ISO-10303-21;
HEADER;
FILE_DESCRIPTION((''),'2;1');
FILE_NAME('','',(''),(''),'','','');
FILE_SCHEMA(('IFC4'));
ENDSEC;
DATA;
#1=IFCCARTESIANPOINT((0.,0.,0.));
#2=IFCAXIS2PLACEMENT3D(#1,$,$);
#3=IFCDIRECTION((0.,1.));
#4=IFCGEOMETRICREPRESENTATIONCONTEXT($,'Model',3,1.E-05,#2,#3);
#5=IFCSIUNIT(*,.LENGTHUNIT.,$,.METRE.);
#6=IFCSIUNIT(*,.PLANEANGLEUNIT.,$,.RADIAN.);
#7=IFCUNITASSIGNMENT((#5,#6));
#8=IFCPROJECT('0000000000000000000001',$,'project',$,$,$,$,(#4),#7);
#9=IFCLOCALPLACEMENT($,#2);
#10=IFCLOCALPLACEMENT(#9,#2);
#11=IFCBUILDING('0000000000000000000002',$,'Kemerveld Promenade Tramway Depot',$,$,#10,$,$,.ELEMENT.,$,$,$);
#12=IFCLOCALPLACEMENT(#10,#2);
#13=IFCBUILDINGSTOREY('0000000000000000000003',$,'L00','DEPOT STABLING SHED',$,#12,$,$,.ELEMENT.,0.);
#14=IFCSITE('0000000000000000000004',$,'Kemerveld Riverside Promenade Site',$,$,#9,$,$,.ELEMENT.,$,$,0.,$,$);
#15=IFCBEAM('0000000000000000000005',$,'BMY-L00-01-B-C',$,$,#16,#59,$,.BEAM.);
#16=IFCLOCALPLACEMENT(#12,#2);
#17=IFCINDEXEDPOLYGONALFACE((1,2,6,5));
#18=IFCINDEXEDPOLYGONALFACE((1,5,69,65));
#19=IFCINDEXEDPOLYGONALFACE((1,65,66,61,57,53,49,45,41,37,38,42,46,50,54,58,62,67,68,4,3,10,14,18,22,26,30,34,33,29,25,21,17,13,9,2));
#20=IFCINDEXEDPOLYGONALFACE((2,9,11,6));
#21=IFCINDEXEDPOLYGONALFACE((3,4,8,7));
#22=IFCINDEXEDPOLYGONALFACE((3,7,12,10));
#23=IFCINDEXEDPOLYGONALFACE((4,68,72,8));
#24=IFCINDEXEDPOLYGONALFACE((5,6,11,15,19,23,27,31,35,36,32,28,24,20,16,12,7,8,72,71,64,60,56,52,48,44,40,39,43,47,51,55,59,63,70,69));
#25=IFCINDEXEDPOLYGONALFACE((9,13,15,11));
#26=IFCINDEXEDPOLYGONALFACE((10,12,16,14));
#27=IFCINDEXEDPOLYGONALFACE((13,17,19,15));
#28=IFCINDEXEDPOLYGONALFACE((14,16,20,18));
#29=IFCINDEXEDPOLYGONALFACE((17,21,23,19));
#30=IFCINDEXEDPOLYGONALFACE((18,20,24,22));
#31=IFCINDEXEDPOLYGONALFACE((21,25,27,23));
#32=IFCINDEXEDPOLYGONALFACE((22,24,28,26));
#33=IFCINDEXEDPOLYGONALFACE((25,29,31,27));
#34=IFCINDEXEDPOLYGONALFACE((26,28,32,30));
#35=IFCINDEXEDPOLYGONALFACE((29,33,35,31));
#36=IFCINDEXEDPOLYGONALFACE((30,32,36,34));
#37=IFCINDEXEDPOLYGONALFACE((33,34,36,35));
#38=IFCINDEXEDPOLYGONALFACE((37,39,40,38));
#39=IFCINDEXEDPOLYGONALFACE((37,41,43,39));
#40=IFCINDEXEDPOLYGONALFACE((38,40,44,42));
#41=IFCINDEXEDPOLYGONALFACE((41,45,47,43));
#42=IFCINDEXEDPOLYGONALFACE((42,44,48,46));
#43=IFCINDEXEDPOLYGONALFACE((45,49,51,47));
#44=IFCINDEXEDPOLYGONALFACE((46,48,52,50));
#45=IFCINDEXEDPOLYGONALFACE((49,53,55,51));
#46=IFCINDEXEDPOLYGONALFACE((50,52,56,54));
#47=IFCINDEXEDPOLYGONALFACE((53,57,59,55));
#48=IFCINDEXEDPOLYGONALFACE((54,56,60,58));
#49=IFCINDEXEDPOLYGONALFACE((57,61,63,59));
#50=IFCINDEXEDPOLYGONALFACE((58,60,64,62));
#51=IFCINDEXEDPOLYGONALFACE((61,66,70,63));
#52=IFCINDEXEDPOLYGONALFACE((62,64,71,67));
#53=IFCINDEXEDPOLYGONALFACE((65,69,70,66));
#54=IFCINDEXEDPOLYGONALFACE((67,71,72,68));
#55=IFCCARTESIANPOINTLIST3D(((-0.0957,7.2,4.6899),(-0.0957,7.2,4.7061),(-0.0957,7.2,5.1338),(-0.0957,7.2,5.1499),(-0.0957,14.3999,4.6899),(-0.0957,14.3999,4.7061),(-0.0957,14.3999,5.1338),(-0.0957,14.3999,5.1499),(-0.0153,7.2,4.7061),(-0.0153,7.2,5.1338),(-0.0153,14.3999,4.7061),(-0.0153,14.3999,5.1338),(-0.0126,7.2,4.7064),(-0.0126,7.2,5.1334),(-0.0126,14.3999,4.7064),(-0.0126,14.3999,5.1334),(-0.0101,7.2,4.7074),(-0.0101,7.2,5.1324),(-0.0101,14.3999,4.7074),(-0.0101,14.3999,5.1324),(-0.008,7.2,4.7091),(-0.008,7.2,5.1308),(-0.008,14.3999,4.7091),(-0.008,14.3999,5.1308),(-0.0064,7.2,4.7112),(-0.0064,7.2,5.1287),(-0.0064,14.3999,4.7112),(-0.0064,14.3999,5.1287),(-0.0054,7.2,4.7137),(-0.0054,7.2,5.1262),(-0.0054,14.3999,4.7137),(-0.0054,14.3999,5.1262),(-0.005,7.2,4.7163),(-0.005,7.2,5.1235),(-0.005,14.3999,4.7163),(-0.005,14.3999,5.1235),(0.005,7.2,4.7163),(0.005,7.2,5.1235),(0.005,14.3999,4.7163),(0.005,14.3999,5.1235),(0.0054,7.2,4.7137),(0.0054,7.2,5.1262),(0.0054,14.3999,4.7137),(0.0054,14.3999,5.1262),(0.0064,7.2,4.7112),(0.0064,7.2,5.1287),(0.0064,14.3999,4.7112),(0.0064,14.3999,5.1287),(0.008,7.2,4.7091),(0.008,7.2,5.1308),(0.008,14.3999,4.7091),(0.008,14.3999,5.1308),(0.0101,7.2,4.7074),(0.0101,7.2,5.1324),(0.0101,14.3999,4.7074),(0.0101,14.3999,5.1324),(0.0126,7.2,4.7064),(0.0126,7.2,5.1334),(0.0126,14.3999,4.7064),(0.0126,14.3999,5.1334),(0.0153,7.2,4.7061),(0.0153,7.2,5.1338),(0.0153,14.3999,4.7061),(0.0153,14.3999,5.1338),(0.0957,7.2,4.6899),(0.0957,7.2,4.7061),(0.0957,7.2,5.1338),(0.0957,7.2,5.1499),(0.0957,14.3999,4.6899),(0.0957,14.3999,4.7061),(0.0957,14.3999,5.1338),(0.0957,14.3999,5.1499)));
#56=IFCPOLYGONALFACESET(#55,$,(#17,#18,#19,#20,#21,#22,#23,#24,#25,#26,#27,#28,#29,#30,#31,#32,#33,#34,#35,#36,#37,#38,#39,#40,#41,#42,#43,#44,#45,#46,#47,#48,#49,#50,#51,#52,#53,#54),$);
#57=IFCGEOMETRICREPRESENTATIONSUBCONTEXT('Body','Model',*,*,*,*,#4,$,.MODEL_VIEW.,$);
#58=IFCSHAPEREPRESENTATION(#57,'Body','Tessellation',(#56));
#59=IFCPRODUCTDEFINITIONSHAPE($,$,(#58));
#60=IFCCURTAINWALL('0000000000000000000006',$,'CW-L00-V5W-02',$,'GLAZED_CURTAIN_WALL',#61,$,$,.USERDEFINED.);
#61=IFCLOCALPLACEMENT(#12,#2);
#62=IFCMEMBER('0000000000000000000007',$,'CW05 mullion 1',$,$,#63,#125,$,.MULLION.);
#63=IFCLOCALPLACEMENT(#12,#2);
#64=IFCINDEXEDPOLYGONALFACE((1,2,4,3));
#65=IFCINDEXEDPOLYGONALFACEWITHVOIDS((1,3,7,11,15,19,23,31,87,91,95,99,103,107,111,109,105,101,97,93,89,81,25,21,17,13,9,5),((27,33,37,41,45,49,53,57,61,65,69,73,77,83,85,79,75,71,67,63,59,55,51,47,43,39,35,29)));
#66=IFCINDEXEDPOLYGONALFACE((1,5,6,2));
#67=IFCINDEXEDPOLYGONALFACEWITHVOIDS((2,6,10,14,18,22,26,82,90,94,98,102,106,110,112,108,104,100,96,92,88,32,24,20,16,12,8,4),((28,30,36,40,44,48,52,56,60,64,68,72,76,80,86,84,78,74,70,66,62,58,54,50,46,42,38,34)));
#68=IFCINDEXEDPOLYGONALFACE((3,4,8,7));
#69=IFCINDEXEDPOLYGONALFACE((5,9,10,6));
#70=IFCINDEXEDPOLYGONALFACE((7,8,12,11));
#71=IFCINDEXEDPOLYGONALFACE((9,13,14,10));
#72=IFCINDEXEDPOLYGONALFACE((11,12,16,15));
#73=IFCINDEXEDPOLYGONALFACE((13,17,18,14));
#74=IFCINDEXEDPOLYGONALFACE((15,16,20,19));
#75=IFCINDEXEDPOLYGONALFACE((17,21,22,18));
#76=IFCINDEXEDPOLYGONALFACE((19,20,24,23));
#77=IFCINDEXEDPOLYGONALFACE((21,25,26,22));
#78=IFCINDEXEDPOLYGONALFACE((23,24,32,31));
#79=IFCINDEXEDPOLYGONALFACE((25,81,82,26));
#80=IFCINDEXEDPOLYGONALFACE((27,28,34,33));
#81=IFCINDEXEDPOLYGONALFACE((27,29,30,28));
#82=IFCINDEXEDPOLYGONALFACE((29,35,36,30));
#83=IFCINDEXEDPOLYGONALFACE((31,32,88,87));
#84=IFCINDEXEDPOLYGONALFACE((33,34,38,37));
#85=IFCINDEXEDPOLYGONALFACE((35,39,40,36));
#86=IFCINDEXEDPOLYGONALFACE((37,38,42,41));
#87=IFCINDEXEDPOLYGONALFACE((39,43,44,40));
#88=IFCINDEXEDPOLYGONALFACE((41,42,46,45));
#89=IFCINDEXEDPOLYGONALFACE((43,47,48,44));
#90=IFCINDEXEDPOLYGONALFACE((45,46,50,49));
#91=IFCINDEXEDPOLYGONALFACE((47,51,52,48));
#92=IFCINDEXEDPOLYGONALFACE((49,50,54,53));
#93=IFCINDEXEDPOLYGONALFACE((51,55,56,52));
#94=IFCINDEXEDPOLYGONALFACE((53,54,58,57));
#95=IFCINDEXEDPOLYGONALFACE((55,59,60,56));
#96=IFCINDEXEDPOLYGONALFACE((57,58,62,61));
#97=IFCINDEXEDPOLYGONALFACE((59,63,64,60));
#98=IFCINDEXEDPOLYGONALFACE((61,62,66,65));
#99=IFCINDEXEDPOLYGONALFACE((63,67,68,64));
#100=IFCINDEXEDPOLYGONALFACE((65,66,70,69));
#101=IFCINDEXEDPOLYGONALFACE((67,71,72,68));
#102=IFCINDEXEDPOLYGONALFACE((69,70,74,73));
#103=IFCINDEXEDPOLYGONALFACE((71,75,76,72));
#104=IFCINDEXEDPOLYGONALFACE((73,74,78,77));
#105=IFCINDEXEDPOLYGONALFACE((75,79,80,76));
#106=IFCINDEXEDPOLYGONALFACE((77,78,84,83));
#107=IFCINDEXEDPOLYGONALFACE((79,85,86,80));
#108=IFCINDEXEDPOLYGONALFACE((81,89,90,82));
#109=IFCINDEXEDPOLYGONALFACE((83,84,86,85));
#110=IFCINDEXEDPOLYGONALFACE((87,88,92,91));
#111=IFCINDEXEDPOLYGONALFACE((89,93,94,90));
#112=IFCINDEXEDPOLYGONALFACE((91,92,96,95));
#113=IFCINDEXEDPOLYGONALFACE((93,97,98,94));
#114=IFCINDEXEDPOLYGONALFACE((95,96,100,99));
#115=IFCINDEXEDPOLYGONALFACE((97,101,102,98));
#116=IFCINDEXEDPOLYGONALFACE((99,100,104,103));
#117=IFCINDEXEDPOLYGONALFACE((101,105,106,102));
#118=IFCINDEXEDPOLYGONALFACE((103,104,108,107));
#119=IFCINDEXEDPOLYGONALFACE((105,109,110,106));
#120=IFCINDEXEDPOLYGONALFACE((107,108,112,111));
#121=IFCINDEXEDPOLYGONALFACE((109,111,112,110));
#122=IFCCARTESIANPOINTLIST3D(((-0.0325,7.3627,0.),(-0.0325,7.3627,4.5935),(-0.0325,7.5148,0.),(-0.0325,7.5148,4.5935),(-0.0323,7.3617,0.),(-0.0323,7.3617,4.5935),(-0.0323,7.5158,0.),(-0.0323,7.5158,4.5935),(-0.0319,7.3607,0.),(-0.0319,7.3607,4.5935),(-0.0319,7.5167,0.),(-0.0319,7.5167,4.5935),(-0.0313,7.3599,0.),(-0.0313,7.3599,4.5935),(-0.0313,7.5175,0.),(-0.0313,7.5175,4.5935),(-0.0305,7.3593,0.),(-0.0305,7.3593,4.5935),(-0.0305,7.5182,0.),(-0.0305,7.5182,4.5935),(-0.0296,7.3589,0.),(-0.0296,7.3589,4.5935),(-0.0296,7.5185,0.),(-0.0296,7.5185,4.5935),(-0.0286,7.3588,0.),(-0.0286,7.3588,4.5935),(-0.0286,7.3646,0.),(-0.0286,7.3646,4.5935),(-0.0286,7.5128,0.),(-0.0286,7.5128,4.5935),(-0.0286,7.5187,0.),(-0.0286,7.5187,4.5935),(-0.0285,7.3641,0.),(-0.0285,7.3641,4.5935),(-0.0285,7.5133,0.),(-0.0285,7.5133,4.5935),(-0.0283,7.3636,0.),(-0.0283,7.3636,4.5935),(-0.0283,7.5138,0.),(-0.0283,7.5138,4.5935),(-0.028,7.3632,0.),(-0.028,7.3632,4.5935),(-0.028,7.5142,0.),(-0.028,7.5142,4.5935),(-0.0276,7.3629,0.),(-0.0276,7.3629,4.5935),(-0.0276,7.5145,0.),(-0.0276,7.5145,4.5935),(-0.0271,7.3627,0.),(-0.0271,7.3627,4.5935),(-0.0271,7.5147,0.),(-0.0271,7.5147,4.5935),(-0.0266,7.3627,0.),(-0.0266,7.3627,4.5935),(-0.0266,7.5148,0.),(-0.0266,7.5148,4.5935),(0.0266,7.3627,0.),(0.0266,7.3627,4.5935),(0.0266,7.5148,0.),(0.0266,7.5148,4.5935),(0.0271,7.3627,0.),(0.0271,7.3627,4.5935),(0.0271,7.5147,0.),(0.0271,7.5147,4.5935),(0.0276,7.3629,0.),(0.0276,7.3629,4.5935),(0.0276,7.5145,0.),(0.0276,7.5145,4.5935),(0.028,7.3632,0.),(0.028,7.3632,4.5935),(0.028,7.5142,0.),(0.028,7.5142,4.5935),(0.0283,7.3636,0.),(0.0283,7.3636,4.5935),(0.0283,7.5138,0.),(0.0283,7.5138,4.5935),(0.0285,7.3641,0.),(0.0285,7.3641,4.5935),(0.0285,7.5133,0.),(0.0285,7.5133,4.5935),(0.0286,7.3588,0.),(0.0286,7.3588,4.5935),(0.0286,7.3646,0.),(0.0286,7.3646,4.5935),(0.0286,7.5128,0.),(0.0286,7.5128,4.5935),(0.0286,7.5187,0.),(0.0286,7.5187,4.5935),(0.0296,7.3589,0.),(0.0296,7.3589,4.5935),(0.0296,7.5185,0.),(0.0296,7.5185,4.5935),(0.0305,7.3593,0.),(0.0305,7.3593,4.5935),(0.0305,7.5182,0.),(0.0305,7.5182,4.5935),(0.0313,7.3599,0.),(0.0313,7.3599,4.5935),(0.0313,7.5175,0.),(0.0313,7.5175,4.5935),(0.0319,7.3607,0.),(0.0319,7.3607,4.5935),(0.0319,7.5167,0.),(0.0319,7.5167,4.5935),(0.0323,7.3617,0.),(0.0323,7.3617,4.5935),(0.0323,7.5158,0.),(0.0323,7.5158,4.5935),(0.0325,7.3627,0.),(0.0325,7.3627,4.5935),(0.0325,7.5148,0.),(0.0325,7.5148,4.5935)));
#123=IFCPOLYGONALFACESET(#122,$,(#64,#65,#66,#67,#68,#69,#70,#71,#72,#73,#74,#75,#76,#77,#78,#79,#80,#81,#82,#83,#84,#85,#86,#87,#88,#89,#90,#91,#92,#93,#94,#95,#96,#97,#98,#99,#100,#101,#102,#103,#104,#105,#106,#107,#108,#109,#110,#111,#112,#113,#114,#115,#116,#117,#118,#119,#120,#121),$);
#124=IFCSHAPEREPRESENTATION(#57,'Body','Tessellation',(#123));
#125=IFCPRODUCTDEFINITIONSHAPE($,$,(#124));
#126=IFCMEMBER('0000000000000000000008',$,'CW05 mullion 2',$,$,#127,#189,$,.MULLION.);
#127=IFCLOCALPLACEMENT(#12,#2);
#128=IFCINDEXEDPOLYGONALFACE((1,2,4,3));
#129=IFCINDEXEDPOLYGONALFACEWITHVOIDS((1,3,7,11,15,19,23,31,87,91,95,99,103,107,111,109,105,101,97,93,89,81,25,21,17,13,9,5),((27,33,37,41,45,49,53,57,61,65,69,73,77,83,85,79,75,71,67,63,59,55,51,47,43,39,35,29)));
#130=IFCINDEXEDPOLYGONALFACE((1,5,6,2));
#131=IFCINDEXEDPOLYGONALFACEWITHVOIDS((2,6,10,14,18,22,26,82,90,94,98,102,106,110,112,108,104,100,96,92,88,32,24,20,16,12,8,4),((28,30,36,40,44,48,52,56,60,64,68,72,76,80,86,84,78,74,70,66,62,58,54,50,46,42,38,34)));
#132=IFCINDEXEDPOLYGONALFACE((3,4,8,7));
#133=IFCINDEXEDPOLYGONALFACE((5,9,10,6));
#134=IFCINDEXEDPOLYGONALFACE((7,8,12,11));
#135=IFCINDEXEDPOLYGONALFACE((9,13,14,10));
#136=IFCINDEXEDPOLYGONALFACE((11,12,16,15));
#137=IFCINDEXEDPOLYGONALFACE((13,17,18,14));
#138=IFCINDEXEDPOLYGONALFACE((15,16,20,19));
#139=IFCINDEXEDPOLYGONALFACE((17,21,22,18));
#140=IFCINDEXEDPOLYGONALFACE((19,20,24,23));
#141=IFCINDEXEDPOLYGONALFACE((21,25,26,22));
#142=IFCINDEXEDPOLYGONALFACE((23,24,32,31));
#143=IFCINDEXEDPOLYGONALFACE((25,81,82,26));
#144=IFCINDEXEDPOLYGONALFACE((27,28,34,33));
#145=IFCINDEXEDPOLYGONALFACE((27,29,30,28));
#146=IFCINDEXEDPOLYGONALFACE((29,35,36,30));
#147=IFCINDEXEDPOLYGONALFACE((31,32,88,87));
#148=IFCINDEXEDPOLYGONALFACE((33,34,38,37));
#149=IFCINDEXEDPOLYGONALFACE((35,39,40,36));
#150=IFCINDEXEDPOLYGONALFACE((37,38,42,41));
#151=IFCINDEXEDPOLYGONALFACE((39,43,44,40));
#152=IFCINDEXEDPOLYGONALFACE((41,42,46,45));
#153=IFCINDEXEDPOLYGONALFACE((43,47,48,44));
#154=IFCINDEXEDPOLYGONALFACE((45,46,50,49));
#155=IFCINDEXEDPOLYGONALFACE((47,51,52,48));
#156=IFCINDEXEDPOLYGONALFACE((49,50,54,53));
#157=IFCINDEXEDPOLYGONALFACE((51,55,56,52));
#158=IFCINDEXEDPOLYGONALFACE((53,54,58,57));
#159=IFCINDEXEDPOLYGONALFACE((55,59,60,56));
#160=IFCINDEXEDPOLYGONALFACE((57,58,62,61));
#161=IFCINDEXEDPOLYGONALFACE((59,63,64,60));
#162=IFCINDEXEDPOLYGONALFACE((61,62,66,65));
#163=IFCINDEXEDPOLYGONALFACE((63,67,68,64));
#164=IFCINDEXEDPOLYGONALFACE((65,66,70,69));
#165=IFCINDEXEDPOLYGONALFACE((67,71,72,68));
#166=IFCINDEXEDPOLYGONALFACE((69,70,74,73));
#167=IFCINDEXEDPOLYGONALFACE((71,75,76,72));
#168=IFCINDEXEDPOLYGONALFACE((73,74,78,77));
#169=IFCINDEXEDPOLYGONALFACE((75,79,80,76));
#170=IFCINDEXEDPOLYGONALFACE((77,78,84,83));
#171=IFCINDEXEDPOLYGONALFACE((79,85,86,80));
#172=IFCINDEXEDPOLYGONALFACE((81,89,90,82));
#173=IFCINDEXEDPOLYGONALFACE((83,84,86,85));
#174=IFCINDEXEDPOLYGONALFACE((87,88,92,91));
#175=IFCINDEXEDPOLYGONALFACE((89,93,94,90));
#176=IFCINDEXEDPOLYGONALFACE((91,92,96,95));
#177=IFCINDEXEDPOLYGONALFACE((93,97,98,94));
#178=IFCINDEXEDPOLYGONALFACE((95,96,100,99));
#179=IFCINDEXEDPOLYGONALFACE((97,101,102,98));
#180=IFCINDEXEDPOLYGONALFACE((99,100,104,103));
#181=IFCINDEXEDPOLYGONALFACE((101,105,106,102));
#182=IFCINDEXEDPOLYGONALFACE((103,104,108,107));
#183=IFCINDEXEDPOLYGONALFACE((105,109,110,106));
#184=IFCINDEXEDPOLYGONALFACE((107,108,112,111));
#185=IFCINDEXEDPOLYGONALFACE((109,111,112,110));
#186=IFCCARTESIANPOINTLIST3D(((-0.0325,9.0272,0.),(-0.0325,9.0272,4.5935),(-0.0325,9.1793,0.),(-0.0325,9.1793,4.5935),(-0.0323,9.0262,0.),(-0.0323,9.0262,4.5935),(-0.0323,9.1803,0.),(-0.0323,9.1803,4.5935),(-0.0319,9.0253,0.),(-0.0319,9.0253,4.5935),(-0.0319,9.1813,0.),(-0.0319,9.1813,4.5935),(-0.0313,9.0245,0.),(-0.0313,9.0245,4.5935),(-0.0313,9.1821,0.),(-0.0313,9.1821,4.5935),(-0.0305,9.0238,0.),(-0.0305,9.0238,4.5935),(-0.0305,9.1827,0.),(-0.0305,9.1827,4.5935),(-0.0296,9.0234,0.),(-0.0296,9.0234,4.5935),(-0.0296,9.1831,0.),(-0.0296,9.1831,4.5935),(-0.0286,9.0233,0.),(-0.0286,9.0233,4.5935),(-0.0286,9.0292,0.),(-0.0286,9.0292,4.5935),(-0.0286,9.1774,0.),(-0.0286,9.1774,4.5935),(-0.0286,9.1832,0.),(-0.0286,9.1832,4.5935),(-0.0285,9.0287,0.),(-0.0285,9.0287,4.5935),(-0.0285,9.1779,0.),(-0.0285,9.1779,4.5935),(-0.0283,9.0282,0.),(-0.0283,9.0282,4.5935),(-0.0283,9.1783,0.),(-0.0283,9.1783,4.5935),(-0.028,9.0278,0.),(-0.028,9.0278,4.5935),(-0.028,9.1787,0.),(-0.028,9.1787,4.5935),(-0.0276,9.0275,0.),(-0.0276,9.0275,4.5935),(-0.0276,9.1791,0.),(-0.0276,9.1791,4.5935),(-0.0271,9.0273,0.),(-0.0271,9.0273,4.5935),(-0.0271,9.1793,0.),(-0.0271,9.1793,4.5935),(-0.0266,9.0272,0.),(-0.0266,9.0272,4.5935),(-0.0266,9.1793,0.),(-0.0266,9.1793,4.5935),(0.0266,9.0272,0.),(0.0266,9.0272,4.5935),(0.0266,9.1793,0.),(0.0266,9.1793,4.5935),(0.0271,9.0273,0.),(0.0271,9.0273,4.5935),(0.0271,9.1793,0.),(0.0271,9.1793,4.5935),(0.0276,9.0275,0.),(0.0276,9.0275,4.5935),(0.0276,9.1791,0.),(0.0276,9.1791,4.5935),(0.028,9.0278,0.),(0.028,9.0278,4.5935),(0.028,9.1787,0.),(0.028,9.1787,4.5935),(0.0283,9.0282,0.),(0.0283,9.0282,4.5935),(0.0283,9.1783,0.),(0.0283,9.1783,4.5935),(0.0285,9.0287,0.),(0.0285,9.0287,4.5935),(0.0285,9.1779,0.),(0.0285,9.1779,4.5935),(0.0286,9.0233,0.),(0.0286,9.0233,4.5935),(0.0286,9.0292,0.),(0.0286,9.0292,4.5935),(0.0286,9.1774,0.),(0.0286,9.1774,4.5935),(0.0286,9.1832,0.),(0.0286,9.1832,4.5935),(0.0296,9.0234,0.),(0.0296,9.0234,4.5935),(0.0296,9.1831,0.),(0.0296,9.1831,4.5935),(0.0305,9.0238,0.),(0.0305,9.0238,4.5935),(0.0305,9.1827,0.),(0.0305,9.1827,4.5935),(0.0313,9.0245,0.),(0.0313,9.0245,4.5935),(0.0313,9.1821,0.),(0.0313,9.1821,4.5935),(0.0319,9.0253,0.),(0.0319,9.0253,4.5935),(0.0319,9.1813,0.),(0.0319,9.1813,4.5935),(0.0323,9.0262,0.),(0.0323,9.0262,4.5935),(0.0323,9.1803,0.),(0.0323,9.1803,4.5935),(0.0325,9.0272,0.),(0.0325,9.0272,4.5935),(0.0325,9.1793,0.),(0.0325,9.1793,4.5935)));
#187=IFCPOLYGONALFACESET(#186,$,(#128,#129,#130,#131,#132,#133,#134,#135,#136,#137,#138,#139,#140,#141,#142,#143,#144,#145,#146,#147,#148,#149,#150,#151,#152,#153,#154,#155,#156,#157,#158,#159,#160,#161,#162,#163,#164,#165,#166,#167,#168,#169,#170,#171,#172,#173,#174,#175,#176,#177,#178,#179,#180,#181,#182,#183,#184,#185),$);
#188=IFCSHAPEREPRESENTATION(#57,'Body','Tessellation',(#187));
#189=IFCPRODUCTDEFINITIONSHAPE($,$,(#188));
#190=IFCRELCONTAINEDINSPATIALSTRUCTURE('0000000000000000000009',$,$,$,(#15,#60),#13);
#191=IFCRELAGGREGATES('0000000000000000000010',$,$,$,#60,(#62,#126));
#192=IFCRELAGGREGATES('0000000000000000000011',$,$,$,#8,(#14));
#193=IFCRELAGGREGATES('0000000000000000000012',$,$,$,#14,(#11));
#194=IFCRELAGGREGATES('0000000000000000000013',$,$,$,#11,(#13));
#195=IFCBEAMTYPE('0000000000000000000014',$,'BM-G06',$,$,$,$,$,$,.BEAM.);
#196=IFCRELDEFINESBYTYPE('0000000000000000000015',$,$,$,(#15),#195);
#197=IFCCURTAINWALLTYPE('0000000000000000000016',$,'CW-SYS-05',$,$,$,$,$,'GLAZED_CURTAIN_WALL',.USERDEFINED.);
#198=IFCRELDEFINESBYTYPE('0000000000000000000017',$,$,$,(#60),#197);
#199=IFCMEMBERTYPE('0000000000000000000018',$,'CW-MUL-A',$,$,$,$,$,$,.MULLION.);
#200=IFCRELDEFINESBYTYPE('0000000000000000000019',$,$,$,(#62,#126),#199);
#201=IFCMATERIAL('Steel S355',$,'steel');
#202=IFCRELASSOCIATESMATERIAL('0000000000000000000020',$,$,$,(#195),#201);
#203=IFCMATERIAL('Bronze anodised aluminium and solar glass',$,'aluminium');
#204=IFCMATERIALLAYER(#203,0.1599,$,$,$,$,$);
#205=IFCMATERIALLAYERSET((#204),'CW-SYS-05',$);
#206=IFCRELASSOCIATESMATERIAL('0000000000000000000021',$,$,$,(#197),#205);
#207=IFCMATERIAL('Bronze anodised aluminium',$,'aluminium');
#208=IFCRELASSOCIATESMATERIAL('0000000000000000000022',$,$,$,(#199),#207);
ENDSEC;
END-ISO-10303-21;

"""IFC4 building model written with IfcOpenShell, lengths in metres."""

from ifc_helpers import new_model, si_unit, direction, frame, origin, origin_2d, place, context, subcontext, project, spatial, hollow_rectangle, i_section, extrude, material, layer, layer_set, material_profile, profile_set, type_object, element, aggregate, save


model = new_model("IFC4")

# Units and contexts
model_context = context("Model", 3, precision=1e-05, world=origin(), true_north=direction((0.0, 1.0)))
body_context = subcontext(model_context, "Body", "Model", "MODEL_VIEW")
ifc_project = project(units=[si_unit("LENGTHUNIT", "METRE"), si_unit("PLANEANGLEUNIT", "RADIAN")], contexts=[model_context])

# Site, building, storey
site_placement = place(None, origin())
site = spatial("IfcSite", under=ifc_project, at=site_placement, Name="Kemerveld Riverside Promenade Site", CompositionType="ELEMENT", RefElevation=0.0)
building_placement = place(site_placement, origin())
building = spatial("IfcBuilding", under=site, at=building_placement, Name="Kemerveld Promenade Tramway Depot", CompositionType="ELEMENT")
storey_placement = place(building_placement, origin())
storey = spatial("IfcBuildingStorey", under=building, at=storey_placement, Name="L00", Description="DEPOT STABLING SHED", CompositionType="ELEMENT", Elevation=0.0)

# Shared definitions
ifc_material_1 = material(Name="Steel S355", Category="steel")

# Beam
ifc_material_profile_1 = material_profile(ifc_material_1, i_section(OverallWidth=0.1914, OverallDepth=0.46, WebThickness=0.01, FlangeThickness=0.0161, FilletRadius=0.0103, at=origin_2d()), Name="457x191x82 UB")
ifc_profile_set_1 = profile_set([ifc_material_profile_1], Name="Steel S355")
beam_type_1 = type_object("IfcBeamType", Name="BM-G06", PredefinedType="BEAM", material=ifc_profile_set_1)
beam_1_placement = place(storey_placement, frame((0.0, 7.2, 4.9199), z_axis=(0.0, 1.0, 0.0), x_axis=(-1.0, 0.0, 0.0)))
element("IfcBeam", 1, at=beam_1_placement, inside=storey, type_object=beam_type_1, Name="BMY-L00-01-B-C", PredefinedType="BEAM", context=body_context, shape_type="SweptSolid", body=[
    extrude(i_section(OverallWidth=0.1914, OverallDepth=0.46, WebThickness=0.01, FlangeThickness=0.0161, FilletRadius=0.0103, at=origin_2d()), origin(), (0.0, 0.0, 1.0), 7.2),
])

# Curtain wall, members
ifc_material_2 = material(Name="Bronze anodised aluminium and solar glass", Category="aluminium")
ifc_layer_1 = layer(ifc_material_2, 0.1599)
ifc_layer_set_1 = layer_set([ifc_layer_1], Name="CW-SYS-05")
curtain_wall_type = type_object("IfcCurtainWallType", Name="CW-SYS-05", ElementType="GLAZED_CURTAIN_WALL", PredefinedType="USERDEFINED", material=ifc_layer_set_1)
curtain_wall_placement = place(storey_placement, origin())
curtain_wall = element("IfcCurtainWall", 2, at=curtain_wall_placement, inside=storey, type_object=curtain_wall_type, Name="CW-L00-V5W-02", ObjectType="GLAZED_CURTAIN_WALL", PredefinedType="USERDEFINED")
ifc_material_3 = material(Name="Bronze anodised aluminium", Category="aluminium")
ifc_material_profile_2 = material_profile(ifc_material_3, hollow_rectangle(XDim=0.0649, YDim=0.1599, WallThickness=0.0039, InnerFilletRadius=0.002, OuterFilletRadius=0.0039, at=origin_2d()), Name="CW-MUL-160x65")
ifc_profile_set_2 = profile_set([ifc_material_profile_2], Name="Bronze anodised aluminium")
member_type_1 = type_object("IfcMemberType", Name="CW-MUL-A", PredefinedType="MULLION", material=ifc_profile_set_2)
member_1_placement = place(storey_placement, frame((0.0, 7.4387, 0.0), z_axis=(0.0, 0.0, 1.0), x_axis=(-1.0, 0.0, 0.0)))
member_1 = element("IfcMember", 3, at=member_1_placement, type_object=member_type_1, Name="CW05 mullion 1", PredefinedType="MULLION", context=body_context, shape_type="SweptSolid", body=[
    extrude(hollow_rectangle(XDim=0.0649, YDim=0.1599, WallThickness=0.0039, InnerFilletRadius=0.002, OuterFilletRadius=0.0039, at=origin_2d()), origin(), (0.0, 0.0, 1.0), 4.5935),
])
member_2_placement = place(storey_placement, frame((0.0, 9.1033, 0.0), z_axis=(0.0, 0.0, 1.0), x_axis=(-1.0, 0.0, 0.0)))
member_2 = element("IfcMember", 4, at=member_2_placement, type_object=member_type_1, Name="CW05 mullion 2", PredefinedType="MULLION", context=body_context, shape_type="SweptSolid", body=[
    extrude(hollow_rectangle(XDim=0.0649, YDim=0.1599, WallThickness=0.0039, InnerFilletRadius=0.002, OuterFilletRadius=0.0039, at=origin_2d()), origin(), (0.0, 0.0, 1.0), 4.5935),
])
aggregate(curtain_wall, [member_1, member_2])

save(model, "model.ifc")
